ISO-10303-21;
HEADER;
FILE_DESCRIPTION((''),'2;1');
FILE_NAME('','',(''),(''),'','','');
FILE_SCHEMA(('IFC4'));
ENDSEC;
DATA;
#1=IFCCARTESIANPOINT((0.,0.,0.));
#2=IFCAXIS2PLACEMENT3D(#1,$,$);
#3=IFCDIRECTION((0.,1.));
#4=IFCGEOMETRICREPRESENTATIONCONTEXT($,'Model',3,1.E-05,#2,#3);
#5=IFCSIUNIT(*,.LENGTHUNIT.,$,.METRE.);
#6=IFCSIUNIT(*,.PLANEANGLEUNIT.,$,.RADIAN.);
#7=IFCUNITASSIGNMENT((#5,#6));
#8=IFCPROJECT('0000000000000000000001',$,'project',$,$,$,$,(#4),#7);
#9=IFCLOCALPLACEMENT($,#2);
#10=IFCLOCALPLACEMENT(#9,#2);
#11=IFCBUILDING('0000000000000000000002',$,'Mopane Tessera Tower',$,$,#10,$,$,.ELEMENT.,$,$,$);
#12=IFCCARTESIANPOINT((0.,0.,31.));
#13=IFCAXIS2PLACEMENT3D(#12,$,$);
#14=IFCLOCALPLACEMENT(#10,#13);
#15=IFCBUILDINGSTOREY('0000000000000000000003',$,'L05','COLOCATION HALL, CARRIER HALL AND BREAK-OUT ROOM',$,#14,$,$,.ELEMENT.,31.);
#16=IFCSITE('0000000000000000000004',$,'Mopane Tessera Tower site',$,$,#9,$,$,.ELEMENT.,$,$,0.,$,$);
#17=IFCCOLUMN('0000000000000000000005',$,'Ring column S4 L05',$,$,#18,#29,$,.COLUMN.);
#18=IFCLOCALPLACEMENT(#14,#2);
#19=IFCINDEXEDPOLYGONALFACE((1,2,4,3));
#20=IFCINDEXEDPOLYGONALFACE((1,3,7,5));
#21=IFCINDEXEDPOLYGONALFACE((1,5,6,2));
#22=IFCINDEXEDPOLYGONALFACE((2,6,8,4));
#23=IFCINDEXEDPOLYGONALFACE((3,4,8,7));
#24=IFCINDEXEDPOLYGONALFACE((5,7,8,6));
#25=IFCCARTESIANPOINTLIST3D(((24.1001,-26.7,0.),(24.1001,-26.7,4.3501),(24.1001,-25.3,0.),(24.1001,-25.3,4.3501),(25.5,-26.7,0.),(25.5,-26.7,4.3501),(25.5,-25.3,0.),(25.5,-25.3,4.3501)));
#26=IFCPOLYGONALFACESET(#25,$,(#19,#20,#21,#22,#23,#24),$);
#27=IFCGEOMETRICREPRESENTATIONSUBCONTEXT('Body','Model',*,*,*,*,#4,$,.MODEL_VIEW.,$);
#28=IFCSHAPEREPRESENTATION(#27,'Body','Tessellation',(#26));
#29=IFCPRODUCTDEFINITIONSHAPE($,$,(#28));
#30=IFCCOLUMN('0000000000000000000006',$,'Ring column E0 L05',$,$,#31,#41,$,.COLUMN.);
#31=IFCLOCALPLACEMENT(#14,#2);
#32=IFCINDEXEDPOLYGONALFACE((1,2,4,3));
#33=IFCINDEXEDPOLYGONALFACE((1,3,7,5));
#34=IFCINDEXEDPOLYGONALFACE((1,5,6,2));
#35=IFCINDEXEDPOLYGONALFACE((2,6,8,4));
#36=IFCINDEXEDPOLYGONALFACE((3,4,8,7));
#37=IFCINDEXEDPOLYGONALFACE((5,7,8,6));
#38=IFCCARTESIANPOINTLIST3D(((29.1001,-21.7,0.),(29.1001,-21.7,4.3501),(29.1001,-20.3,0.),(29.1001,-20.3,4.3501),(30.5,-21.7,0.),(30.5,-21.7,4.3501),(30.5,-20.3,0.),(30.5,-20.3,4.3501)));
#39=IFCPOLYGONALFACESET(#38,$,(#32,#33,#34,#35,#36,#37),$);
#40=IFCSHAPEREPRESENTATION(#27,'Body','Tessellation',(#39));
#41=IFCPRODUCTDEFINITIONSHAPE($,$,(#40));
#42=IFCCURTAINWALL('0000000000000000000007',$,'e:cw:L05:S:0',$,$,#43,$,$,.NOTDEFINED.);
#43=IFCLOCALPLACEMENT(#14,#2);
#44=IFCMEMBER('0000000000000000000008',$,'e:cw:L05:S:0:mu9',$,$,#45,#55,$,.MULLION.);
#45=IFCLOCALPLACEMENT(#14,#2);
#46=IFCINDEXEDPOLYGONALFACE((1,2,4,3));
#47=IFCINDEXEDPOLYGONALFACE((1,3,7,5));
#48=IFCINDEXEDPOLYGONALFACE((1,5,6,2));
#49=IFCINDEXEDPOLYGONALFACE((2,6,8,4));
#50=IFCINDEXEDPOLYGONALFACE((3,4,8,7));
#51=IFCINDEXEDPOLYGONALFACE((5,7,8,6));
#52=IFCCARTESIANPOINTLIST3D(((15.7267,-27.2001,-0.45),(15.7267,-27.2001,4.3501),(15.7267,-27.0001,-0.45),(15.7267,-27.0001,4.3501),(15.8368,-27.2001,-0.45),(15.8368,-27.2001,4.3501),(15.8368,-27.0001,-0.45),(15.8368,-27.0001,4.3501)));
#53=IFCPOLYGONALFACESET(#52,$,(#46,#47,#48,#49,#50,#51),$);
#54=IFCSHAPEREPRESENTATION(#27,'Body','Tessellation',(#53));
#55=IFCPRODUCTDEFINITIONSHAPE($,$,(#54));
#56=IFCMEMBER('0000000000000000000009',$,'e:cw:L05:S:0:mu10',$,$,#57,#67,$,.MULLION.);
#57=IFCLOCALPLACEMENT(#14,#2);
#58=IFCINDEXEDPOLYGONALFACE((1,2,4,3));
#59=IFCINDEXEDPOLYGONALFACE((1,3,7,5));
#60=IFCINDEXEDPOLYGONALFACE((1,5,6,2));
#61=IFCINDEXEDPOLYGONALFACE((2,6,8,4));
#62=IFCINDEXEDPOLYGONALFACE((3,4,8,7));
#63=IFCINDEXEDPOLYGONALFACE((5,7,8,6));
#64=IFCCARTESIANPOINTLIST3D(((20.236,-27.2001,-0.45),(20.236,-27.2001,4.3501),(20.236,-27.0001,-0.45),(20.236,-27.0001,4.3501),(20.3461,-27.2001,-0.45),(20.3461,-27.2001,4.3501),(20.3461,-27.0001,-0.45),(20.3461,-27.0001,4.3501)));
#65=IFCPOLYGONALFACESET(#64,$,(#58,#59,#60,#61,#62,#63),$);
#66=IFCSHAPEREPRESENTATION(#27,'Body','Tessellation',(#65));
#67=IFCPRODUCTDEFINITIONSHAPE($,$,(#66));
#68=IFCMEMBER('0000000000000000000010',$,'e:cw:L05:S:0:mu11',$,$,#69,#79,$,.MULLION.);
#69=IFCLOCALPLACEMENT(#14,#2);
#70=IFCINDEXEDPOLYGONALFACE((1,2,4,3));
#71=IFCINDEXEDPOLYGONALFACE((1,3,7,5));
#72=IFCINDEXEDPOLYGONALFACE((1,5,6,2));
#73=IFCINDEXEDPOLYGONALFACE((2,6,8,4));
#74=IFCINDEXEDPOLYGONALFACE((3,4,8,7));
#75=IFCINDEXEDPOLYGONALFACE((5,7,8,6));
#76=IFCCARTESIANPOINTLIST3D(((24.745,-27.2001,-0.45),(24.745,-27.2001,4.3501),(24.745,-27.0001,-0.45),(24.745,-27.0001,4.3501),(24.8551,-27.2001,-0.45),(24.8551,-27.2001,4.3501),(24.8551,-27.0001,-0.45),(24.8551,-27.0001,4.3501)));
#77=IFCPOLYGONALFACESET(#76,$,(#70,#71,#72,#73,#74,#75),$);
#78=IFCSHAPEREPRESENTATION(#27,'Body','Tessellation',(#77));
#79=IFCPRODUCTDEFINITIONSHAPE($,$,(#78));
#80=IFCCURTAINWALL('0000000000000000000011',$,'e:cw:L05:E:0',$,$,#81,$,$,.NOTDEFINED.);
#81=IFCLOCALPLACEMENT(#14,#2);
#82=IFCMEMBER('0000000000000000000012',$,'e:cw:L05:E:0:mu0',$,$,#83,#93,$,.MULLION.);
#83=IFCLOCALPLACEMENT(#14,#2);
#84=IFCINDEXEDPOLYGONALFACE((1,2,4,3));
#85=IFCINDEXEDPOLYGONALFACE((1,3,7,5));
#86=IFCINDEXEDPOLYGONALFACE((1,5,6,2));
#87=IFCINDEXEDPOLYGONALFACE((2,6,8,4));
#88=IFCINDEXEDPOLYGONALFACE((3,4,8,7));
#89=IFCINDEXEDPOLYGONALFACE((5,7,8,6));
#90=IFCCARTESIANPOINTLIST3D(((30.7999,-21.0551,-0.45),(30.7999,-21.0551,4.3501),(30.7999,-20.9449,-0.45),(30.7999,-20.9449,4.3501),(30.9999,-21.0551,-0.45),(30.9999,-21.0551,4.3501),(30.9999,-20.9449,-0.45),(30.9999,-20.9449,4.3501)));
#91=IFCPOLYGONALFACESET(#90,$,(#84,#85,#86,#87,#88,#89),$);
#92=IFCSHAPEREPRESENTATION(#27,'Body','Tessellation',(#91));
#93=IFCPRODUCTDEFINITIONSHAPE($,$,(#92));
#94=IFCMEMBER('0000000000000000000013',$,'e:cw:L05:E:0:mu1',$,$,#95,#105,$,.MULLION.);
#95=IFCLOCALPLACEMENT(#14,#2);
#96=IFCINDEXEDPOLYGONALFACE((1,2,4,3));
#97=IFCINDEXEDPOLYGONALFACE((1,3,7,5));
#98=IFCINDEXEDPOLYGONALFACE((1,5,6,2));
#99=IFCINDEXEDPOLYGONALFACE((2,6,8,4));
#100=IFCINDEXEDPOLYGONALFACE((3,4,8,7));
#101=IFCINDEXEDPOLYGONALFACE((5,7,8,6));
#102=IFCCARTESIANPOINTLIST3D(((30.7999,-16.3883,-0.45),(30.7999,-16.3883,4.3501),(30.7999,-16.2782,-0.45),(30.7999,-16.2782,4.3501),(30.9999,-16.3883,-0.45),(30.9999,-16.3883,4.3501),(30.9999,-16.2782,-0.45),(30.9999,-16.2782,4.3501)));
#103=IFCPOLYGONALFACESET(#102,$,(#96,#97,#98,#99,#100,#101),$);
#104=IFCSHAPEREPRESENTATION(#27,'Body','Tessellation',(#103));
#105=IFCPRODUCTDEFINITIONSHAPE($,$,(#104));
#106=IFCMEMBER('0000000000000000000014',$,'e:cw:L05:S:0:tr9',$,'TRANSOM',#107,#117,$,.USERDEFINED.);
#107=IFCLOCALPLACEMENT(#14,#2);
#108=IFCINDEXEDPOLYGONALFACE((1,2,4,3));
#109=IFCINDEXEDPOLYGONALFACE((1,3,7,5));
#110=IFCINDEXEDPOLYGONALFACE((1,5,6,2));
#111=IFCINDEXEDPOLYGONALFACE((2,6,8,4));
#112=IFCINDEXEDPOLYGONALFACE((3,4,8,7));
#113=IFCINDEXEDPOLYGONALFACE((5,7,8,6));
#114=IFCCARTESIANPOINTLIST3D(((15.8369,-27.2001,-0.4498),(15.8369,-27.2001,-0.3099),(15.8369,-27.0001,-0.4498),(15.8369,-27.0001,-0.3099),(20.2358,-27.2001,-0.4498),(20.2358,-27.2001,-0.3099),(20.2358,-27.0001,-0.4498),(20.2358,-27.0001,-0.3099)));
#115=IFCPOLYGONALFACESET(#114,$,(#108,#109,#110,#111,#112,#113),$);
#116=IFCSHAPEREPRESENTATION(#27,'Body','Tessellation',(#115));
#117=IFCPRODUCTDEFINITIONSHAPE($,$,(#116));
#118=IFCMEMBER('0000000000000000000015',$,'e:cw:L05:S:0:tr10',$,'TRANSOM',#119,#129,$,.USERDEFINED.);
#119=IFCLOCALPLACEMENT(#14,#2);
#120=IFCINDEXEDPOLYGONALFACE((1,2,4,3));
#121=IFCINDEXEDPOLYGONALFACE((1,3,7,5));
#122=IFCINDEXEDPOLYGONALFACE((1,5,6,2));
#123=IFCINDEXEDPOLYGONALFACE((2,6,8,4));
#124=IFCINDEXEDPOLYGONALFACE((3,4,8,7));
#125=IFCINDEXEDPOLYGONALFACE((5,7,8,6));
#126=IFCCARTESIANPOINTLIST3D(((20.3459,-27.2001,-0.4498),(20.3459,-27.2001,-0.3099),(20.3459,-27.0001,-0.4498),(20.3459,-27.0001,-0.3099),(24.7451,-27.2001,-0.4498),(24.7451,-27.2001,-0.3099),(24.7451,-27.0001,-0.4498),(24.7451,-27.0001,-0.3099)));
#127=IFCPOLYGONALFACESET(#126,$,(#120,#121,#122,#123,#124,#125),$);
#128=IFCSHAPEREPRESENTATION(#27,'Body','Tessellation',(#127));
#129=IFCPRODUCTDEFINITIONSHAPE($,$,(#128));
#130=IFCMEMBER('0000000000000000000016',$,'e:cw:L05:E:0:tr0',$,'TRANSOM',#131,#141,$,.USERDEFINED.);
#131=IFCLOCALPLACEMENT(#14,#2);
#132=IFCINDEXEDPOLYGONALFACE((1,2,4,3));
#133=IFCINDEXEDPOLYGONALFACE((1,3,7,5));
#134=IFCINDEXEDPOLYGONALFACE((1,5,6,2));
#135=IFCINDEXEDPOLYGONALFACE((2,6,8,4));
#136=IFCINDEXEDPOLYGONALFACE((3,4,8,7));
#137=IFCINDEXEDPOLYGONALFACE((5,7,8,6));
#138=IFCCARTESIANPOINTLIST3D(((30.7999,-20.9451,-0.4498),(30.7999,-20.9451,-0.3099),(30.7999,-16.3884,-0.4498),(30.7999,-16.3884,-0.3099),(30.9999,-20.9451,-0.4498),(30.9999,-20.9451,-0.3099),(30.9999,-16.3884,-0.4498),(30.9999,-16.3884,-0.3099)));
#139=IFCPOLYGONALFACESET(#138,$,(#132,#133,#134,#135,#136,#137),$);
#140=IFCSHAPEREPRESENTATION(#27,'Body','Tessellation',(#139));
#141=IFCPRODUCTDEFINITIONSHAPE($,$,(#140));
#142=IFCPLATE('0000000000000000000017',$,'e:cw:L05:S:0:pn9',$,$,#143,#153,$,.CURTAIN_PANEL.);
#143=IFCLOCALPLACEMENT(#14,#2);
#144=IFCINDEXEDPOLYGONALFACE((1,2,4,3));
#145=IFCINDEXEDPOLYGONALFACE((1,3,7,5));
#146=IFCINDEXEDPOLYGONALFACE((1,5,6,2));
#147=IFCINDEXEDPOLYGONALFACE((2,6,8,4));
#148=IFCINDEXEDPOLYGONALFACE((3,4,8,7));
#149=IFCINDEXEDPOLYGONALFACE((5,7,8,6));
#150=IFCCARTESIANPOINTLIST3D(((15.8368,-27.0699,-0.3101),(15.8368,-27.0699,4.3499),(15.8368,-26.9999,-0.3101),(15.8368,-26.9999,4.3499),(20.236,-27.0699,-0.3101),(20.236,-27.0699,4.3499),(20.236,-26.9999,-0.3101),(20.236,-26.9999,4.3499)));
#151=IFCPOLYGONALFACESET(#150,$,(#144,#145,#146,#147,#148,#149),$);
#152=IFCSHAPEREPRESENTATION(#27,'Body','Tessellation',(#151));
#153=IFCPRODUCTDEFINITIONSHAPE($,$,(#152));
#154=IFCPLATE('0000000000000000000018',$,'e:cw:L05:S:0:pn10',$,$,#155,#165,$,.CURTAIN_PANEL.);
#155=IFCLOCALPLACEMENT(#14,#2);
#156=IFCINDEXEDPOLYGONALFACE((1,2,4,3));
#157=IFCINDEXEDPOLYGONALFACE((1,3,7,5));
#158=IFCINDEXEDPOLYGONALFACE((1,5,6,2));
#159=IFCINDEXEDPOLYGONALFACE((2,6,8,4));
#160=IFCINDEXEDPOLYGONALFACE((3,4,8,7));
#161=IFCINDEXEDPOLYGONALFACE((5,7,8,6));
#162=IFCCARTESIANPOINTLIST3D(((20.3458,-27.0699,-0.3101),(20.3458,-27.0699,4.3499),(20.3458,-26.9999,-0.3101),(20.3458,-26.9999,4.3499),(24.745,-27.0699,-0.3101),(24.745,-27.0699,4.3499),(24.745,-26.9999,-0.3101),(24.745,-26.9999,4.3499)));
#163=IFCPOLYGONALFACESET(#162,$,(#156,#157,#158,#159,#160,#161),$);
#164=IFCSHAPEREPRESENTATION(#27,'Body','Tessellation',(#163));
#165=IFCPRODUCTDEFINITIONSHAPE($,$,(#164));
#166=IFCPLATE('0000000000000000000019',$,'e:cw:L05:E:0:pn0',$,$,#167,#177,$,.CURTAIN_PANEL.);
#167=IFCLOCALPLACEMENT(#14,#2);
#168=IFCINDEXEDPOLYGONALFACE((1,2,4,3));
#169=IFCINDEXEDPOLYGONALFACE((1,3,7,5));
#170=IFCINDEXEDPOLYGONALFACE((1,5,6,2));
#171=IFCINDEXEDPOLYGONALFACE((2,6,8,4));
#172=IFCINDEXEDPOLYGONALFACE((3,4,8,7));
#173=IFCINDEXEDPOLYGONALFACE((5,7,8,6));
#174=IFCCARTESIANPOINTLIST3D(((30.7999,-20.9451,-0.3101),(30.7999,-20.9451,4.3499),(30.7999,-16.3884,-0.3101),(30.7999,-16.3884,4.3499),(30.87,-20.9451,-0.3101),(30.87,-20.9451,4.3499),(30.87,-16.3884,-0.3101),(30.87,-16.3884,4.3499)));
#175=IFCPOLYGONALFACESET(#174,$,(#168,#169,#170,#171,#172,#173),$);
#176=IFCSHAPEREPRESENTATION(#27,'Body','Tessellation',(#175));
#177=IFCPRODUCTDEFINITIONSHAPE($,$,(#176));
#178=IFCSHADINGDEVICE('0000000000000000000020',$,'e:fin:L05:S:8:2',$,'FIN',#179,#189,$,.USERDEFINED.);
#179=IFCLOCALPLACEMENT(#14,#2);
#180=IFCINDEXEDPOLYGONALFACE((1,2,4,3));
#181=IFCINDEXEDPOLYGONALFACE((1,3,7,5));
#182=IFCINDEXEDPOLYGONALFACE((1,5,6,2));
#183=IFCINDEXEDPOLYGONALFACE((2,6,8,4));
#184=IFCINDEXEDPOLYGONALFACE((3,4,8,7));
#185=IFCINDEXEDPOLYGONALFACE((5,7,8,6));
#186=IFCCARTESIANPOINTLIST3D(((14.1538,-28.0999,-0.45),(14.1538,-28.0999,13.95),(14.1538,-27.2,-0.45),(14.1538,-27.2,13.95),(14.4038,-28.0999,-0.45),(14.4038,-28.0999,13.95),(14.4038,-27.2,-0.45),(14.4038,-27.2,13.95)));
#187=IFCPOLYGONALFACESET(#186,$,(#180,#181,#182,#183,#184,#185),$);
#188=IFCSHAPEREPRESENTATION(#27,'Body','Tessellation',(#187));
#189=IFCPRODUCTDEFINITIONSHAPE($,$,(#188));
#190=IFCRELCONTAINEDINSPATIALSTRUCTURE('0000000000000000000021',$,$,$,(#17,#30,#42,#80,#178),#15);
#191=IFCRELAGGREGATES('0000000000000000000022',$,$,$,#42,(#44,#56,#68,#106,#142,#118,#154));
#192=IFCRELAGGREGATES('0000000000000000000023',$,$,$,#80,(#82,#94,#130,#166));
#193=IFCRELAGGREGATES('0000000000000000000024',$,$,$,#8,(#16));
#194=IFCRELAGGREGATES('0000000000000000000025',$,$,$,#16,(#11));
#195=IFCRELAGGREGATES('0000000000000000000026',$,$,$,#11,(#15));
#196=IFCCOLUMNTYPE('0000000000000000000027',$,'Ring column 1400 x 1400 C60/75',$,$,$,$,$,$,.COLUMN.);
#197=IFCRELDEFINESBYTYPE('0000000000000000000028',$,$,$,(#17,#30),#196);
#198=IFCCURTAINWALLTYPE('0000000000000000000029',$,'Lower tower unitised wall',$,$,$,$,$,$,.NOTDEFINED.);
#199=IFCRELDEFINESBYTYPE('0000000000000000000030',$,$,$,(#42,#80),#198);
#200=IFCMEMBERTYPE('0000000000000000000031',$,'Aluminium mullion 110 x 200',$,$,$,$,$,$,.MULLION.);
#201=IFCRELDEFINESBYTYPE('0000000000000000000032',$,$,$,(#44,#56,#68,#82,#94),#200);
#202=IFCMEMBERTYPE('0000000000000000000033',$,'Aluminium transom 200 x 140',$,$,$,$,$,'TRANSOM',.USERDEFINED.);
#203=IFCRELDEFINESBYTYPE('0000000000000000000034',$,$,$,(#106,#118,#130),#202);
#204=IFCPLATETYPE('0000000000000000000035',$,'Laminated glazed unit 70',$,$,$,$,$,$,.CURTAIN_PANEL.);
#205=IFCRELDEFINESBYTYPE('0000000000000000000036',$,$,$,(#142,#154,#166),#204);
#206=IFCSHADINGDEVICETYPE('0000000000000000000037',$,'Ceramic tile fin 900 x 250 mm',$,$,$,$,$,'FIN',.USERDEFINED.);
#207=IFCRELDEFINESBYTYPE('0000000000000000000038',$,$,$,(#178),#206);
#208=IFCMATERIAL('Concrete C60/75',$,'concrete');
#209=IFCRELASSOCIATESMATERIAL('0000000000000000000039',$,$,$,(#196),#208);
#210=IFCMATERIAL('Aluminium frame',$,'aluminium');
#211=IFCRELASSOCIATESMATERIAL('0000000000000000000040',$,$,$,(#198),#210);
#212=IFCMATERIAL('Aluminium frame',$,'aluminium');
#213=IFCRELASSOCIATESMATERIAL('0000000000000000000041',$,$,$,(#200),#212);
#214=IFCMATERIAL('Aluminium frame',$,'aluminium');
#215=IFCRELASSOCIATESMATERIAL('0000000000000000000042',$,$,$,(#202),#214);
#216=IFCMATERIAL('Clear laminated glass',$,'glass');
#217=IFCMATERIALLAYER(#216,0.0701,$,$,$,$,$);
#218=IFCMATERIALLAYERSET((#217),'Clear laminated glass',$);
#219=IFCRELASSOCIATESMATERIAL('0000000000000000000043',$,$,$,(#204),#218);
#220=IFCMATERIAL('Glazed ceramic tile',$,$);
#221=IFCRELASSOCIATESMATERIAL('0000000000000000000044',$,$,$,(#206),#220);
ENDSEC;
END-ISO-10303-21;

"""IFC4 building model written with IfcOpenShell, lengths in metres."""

from ifc_helpers import new_model, si_unit, direction, frame, origin, origin_2d, place, context, subcontext, project, spatial, rectangle, extrude, material, layer, layer_set, material_profile, profile_set, type_object, element, aggregate, save


model = new_model("IFC4")

# Units and contexts
model_context = context("Model", 3, precision=1e-05, world=origin(), true_north=direction((0.0, 1.0)))
body_context = subcontext(model_context, "Body", "Model", "MODEL_VIEW")
ifc_project = project(units=[si_unit("LENGTHUNIT", "METRE"), si_unit("PLANEANGLEUNIT", "RADIAN")], contexts=[model_context])

# Site, building, storey
site_placement = place(None, origin())
site = spatial("IfcSite", under=ifc_project, at=site_placement, Name="Mopane Tessera Tower site", CompositionType="ELEMENT", RefElevation=0.0)
building_placement = place(site_placement, origin())
building = spatial("IfcBuilding", under=site, at=building_placement, Name="Mopane Tessera Tower", CompositionType="ELEMENT")
storey_placement = place(building_placement, frame((0.0, 0.0, 31.0)))
storey = spatial("IfcBuildingStorey", under=building, at=storey_placement, Name="L05", Description="COLOCATION HALL, CARRIER HALL AND BREAK-OUT ROOM", CompositionType="ELEMENT", Elevation=31.0)

# Columns
ifc_material_1 = material(Name="Concrete C60/75", Category="concrete")
ifc_material_profile_1 = material_profile(ifc_material_1, rectangle(XDim=1.3999, YDim=1.3999, at=origin_2d()))
ifc_profile_set_1 = profile_set([ifc_material_profile_1], Name="Concrete C60/75")
column_type = type_object("IfcColumnType", Name="Ring column 1400 x 1400 C60/75", PredefinedType="COLUMN", material=ifc_profile_set_1)
for number, where, z_axis, x_axis, name in (
    (1, (24.8, -26.0, 0.0), (0.0, 0.0, 1.0), (1.0, 0.0, 0.0), "Ring column S4 L05"),
    (2, (29.8, -21.0, 0.0), (0.0, 0.0, 1.0), (1.0, 0.0, 0.0), "Ring column E0 L05"),
):
    element("IfcColumn", number, at=place(storey_placement, frame(where, z_axis=z_axis, x_axis=x_axis)), inside=storey, type_object=column_type, Name=name, PredefinedType="COLUMN", context=body_context, shape_type="SweptSolid", body=[
        extrude(rectangle(XDim=1.3999, YDim=1.3999, at=origin_2d()), origin(), (0.0, 0.0, 1.0), 4.3501),
    ])

# Curtain walls, members
ifc_material_2 = material(Name="Aluminium frame", Category="aluminium")
curtain_wall_type = type_object("IfcCurtainWallType", Name="Lower tower unitised wall", PredefinedType="NOTDEFINED", material=ifc_material_2)
curtain_wall_1_placement = place(storey_placement, origin())
curtain_wall_1 = element("IfcCurtainWall", 3, at=curtain_wall_1_placement, inside=storey, type_object=curtain_wall_type, Name="e:cw:L05:S:0", PredefinedType="NOTDEFINED")
ifc_material_3 = material(Name="Aluminium frame", Category="aluminium")
ifc_material_profile_2 = material_profile(ifc_material_3, rectangle(XDim=0.1101, YDim=0.2, at=origin_2d()))
ifc_profile_set_2 = profile_set([ifc_material_profile_2], Name="Aluminium frame")
member_type_1 = type_object("IfcMemberType", Name="Aluminium mullion 110 x 200", PredefinedType="MULLION", material=ifc_profile_set_2)
member_1_placement = place(storey_placement, frame((15.7817, -27.1001, -0.45), z_axis=(0.0, 0.0, 1.0), x_axis=(1.0, 0.0, 0.0)))
member_1 = element("IfcMember", 4, at=member_1_placement, type_object=member_type_1, Name="e:cw:L05:S:0:mu9", PredefinedType="MULLION", context=body_context, shape_type="SweptSolid", body=[
    extrude(rectangle(XDim=0.1101, YDim=0.2, at=origin_2d()), origin(), (0.0, 0.0, 1.0), 4.8),
])
member_2_placement = place(storey_placement, frame((20.291, -27.1001, -0.45), z_axis=(0.0, 0.0, 1.0), x_axis=(1.0, 0.0, 0.0)))
member_2 = element("IfcMember", 5, at=member_2_placement, type_object=member_type_1, Name="e:cw:L05:S:0:mu10", PredefinedType="MULLION", context=body_context, shape_type="SweptSolid", body=[
    extrude(rectangle(XDim=0.1101, YDim=0.2, at=origin_2d()), origin(), (0.0, 0.0, 1.0), 4.8),
])
member_3_placement = place(storey_placement, frame((24.8, -27.1001, -0.45), z_axis=(0.0, 0.0, 1.0), x_axis=(1.0, 0.0, 0.0)))
member_3 = element("IfcMember", 6, at=member_3_placement, type_object=member_type_1, Name="e:cw:L05:S:0:mu11", PredefinedType="MULLION", context=body_context, shape_type="SweptSolid", body=[
    extrude(rectangle(XDim=0.1101, YDim=0.2, at=origin_2d()), origin(), (0.0, 0.0, 1.0), 4.8),
])
curtain_wall_2_placement = place(storey_placement, origin())
curtain_wall_2 = element("IfcCurtainWall", 7, at=curtain_wall_2_placement, inside=storey, type_object=curtain_wall_type, Name="e:cw:L05:E:0", PredefinedType="NOTDEFINED")
member_4_placement = place(storey_placement, frame((30.8999, -21.0, -0.45), z_axis=(0.0, 0.0, 1.0), x_axis=(0.0, 1.0, 0.0)))
member_4 = element("IfcMember", 8, at=member_4_placement, type_object=member_type_1, Name="e:cw:L05:E:0:mu0", PredefinedType="MULLION", context=body_context, shape_type="SweptSolid", body=[
    extrude(rectangle(XDim=0.1101, YDim=0.2, at=origin_2d()), origin(), (0.0, 0.0, 1.0), 4.8),
])
member_5_placement = place(storey_placement, frame((30.8999, -16.3333, -0.45), z_axis=(0.0, 0.0, 1.0), x_axis=(0.0, 1.0, 0.0)))
member_5 = element("IfcMember", 9, at=member_5_placement, type_object=member_type_1, Name="e:cw:L05:E:0:mu1", PredefinedType="MULLION", context=body_context, shape_type="SweptSolid", body=[
    extrude(rectangle(XDim=0.1101, YDim=0.2, at=origin_2d()), origin(), (0.0, 0.0, 1.0), 4.8),
])

# Members
ifc_material_4 = material(Name="Aluminium frame", Category="aluminium")
ifc_material_profile_3 = material_profile(ifc_material_4, rectangle(XDim=0.2, YDim=0.1399, at=origin_2d()))
ifc_profile_set_3 = profile_set([ifc_material_profile_3], Name="Aluminium frame")
member_type_2 = type_object("IfcMemberType", Name="Aluminium transom 200 x 140", ElementType="TRANSOM", PredefinedType="USERDEFINED", material=ifc_profile_set_3)
member_6_placement = place(storey_placement, frame((15.8369, -27.1001, -0.3799), z_axis=(1.0, 0.0, 0.0), x_axis=(0.0, 1.0, 0.0)))
member_6 = element("IfcMember", 10, at=member_6_placement, type_object=member_type_2, Name="e:cw:L05:S:0:tr9", ObjectType="TRANSOM", PredefinedType="USERDEFINED", context=body_context, shape_type="SweptSolid", body=[
    extrude(rectangle(XDim=0.2, YDim=0.1399, at=origin_2d()), origin(), (0.0, 0.0, 1.0), 4.3989),
])
member_7_placement = place(storey_placement, frame((20.3459, -27.1001, -0.3799), z_axis=(1.0, 0.0, 0.0), x_axis=(0.0, 1.0, 0.0)))
member_7 = element("IfcMember", 11, at=member_7_placement, type_object=member_type_2, Name="e:cw:L05:S:0:tr10", ObjectType="TRANSOM", PredefinedType="USERDEFINED", context=body_context, shape_type="SweptSolid", body=[
    extrude(rectangle(XDim=0.2, YDim=0.1399, at=origin_2d()), origin(), (0.0, 0.0, 1.0), 4.3992),
])
member_8_placement = place(storey_placement, frame((30.8999, -20.9451, -0.3799), z_axis=(0.0, 1.0, 0.0), x_axis=(-1.0, 0.0, 0.0)))
member_8 = element("IfcMember", 12, at=member_8_placement, type_object=member_type_2, Name="e:cw:L05:E:0:tr0", ObjectType="TRANSOM", PredefinedType="USERDEFINED", context=body_context, shape_type="SweptSolid", body=[
    extrude(rectangle(XDim=0.2, YDim=0.1399, at=origin_2d()), origin(), (0.0, 0.0, 1.0), 4.5566),
])

# Plates
ifc_material_5 = material(Name="Clear laminated glass", Category="glass")
ifc_layer = layer(ifc_material_5, 0.0701)
ifc_layer_set = layer_set([ifc_layer], Name="Clear laminated glass")
plate_type = type_object("IfcPlateType", Name="Laminated glazed unit 70", PredefinedType="CURTAIN_PANEL", material=ifc_layer_set)
plate_1_placement = place(storey_placement, frame((18.0364, -27.0349, -0.3101), z_axis=(0.0, 0.0, 1.0), x_axis=(1.0, 0.0, 0.0)))
plate_1 = element("IfcPlate", 13, at=plate_1_placement, type_object=plate_type, Name="e:cw:L05:S:0:pn9", PredefinedType="CURTAIN_PANEL", context=body_context, shape_type="SweptSolid", body=[
    extrude(rectangle(XDim=4.3992, YDim=0.0701, at=origin_2d()), origin(), (0.0, 0.0, 1.0), 4.6599),
])
plate_2_placement = place(storey_placement, frame((22.5454, -27.0349, -0.3101), z_axis=(0.0, 0.0, 1.0), x_axis=(1.0, 0.0, 0.0)))
plate_2 = element("IfcPlate", 14, at=plate_2_placement, type_object=plate_type, Name="e:cw:L05:S:0:pn10", PredefinedType="CURTAIN_PANEL", context=body_context, shape_type="SweptSolid", body=[
    extrude(rectangle(XDim=4.3992, YDim=0.0701, at=origin_2d()), origin(), (0.0, 0.0, 1.0), 4.6599),
])
aggregate(curtain_wall_1, [member_1, member_2, member_3, member_6, plate_1, member_7, plate_2])
plate_3_placement = place(storey_placement, frame((30.835, -18.6667, -0.3101), z_axis=(0.0, 0.0, 1.0), x_axis=(0.0, 1.0, 0.0)))
plate_3 = element("IfcPlate", 15, at=plate_3_placement, type_object=plate_type, Name="e:cw:L05:E:0:pn0", PredefinedType="CURTAIN_PANEL", context=body_context, shape_type="SweptSolid", body=[
    extrude(rectangle(XDim=4.5566, YDim=0.0701, at=origin_2d()), origin(), (0.0, 0.0, 1.0), 4.6599),
])
aggregate(curtain_wall_2, [member_4, member_5, member_8, plate_3])

# Shading device
ifc_material_6 = material(Name="Glazed ceramic tile")
shading_device_type = type_object("IfcShadingDeviceType", Name="Ceramic tile fin 900 x 250 mm", ElementType="FIN", PredefinedType="USERDEFINED", material=ifc_material_6)
for number, where, z_axis, x_axis, name in (
    (16, (14.2788, -27.6499, -0.45), (0.0, 0.0, 1.0), (1.0, 0.0, 0.0), "e:fin:L05:S:8:2"),
):
    element("IfcShadingDevice", number, at=place(storey_placement, frame(where, z_axis=z_axis, x_axis=x_axis)), inside=storey, type_object=shading_device_type, Name=name, ObjectType="FIN", PredefinedType="USERDEFINED", context=body_context, shape_type="SweptSolid", body=[
        extrude(rectangle(XDim=0.25, YDim=0.8999, at=origin_2d()), origin(), (0.0, 0.0, 1.0), 14.3999),
    ])

save(model, "model.ifc")
